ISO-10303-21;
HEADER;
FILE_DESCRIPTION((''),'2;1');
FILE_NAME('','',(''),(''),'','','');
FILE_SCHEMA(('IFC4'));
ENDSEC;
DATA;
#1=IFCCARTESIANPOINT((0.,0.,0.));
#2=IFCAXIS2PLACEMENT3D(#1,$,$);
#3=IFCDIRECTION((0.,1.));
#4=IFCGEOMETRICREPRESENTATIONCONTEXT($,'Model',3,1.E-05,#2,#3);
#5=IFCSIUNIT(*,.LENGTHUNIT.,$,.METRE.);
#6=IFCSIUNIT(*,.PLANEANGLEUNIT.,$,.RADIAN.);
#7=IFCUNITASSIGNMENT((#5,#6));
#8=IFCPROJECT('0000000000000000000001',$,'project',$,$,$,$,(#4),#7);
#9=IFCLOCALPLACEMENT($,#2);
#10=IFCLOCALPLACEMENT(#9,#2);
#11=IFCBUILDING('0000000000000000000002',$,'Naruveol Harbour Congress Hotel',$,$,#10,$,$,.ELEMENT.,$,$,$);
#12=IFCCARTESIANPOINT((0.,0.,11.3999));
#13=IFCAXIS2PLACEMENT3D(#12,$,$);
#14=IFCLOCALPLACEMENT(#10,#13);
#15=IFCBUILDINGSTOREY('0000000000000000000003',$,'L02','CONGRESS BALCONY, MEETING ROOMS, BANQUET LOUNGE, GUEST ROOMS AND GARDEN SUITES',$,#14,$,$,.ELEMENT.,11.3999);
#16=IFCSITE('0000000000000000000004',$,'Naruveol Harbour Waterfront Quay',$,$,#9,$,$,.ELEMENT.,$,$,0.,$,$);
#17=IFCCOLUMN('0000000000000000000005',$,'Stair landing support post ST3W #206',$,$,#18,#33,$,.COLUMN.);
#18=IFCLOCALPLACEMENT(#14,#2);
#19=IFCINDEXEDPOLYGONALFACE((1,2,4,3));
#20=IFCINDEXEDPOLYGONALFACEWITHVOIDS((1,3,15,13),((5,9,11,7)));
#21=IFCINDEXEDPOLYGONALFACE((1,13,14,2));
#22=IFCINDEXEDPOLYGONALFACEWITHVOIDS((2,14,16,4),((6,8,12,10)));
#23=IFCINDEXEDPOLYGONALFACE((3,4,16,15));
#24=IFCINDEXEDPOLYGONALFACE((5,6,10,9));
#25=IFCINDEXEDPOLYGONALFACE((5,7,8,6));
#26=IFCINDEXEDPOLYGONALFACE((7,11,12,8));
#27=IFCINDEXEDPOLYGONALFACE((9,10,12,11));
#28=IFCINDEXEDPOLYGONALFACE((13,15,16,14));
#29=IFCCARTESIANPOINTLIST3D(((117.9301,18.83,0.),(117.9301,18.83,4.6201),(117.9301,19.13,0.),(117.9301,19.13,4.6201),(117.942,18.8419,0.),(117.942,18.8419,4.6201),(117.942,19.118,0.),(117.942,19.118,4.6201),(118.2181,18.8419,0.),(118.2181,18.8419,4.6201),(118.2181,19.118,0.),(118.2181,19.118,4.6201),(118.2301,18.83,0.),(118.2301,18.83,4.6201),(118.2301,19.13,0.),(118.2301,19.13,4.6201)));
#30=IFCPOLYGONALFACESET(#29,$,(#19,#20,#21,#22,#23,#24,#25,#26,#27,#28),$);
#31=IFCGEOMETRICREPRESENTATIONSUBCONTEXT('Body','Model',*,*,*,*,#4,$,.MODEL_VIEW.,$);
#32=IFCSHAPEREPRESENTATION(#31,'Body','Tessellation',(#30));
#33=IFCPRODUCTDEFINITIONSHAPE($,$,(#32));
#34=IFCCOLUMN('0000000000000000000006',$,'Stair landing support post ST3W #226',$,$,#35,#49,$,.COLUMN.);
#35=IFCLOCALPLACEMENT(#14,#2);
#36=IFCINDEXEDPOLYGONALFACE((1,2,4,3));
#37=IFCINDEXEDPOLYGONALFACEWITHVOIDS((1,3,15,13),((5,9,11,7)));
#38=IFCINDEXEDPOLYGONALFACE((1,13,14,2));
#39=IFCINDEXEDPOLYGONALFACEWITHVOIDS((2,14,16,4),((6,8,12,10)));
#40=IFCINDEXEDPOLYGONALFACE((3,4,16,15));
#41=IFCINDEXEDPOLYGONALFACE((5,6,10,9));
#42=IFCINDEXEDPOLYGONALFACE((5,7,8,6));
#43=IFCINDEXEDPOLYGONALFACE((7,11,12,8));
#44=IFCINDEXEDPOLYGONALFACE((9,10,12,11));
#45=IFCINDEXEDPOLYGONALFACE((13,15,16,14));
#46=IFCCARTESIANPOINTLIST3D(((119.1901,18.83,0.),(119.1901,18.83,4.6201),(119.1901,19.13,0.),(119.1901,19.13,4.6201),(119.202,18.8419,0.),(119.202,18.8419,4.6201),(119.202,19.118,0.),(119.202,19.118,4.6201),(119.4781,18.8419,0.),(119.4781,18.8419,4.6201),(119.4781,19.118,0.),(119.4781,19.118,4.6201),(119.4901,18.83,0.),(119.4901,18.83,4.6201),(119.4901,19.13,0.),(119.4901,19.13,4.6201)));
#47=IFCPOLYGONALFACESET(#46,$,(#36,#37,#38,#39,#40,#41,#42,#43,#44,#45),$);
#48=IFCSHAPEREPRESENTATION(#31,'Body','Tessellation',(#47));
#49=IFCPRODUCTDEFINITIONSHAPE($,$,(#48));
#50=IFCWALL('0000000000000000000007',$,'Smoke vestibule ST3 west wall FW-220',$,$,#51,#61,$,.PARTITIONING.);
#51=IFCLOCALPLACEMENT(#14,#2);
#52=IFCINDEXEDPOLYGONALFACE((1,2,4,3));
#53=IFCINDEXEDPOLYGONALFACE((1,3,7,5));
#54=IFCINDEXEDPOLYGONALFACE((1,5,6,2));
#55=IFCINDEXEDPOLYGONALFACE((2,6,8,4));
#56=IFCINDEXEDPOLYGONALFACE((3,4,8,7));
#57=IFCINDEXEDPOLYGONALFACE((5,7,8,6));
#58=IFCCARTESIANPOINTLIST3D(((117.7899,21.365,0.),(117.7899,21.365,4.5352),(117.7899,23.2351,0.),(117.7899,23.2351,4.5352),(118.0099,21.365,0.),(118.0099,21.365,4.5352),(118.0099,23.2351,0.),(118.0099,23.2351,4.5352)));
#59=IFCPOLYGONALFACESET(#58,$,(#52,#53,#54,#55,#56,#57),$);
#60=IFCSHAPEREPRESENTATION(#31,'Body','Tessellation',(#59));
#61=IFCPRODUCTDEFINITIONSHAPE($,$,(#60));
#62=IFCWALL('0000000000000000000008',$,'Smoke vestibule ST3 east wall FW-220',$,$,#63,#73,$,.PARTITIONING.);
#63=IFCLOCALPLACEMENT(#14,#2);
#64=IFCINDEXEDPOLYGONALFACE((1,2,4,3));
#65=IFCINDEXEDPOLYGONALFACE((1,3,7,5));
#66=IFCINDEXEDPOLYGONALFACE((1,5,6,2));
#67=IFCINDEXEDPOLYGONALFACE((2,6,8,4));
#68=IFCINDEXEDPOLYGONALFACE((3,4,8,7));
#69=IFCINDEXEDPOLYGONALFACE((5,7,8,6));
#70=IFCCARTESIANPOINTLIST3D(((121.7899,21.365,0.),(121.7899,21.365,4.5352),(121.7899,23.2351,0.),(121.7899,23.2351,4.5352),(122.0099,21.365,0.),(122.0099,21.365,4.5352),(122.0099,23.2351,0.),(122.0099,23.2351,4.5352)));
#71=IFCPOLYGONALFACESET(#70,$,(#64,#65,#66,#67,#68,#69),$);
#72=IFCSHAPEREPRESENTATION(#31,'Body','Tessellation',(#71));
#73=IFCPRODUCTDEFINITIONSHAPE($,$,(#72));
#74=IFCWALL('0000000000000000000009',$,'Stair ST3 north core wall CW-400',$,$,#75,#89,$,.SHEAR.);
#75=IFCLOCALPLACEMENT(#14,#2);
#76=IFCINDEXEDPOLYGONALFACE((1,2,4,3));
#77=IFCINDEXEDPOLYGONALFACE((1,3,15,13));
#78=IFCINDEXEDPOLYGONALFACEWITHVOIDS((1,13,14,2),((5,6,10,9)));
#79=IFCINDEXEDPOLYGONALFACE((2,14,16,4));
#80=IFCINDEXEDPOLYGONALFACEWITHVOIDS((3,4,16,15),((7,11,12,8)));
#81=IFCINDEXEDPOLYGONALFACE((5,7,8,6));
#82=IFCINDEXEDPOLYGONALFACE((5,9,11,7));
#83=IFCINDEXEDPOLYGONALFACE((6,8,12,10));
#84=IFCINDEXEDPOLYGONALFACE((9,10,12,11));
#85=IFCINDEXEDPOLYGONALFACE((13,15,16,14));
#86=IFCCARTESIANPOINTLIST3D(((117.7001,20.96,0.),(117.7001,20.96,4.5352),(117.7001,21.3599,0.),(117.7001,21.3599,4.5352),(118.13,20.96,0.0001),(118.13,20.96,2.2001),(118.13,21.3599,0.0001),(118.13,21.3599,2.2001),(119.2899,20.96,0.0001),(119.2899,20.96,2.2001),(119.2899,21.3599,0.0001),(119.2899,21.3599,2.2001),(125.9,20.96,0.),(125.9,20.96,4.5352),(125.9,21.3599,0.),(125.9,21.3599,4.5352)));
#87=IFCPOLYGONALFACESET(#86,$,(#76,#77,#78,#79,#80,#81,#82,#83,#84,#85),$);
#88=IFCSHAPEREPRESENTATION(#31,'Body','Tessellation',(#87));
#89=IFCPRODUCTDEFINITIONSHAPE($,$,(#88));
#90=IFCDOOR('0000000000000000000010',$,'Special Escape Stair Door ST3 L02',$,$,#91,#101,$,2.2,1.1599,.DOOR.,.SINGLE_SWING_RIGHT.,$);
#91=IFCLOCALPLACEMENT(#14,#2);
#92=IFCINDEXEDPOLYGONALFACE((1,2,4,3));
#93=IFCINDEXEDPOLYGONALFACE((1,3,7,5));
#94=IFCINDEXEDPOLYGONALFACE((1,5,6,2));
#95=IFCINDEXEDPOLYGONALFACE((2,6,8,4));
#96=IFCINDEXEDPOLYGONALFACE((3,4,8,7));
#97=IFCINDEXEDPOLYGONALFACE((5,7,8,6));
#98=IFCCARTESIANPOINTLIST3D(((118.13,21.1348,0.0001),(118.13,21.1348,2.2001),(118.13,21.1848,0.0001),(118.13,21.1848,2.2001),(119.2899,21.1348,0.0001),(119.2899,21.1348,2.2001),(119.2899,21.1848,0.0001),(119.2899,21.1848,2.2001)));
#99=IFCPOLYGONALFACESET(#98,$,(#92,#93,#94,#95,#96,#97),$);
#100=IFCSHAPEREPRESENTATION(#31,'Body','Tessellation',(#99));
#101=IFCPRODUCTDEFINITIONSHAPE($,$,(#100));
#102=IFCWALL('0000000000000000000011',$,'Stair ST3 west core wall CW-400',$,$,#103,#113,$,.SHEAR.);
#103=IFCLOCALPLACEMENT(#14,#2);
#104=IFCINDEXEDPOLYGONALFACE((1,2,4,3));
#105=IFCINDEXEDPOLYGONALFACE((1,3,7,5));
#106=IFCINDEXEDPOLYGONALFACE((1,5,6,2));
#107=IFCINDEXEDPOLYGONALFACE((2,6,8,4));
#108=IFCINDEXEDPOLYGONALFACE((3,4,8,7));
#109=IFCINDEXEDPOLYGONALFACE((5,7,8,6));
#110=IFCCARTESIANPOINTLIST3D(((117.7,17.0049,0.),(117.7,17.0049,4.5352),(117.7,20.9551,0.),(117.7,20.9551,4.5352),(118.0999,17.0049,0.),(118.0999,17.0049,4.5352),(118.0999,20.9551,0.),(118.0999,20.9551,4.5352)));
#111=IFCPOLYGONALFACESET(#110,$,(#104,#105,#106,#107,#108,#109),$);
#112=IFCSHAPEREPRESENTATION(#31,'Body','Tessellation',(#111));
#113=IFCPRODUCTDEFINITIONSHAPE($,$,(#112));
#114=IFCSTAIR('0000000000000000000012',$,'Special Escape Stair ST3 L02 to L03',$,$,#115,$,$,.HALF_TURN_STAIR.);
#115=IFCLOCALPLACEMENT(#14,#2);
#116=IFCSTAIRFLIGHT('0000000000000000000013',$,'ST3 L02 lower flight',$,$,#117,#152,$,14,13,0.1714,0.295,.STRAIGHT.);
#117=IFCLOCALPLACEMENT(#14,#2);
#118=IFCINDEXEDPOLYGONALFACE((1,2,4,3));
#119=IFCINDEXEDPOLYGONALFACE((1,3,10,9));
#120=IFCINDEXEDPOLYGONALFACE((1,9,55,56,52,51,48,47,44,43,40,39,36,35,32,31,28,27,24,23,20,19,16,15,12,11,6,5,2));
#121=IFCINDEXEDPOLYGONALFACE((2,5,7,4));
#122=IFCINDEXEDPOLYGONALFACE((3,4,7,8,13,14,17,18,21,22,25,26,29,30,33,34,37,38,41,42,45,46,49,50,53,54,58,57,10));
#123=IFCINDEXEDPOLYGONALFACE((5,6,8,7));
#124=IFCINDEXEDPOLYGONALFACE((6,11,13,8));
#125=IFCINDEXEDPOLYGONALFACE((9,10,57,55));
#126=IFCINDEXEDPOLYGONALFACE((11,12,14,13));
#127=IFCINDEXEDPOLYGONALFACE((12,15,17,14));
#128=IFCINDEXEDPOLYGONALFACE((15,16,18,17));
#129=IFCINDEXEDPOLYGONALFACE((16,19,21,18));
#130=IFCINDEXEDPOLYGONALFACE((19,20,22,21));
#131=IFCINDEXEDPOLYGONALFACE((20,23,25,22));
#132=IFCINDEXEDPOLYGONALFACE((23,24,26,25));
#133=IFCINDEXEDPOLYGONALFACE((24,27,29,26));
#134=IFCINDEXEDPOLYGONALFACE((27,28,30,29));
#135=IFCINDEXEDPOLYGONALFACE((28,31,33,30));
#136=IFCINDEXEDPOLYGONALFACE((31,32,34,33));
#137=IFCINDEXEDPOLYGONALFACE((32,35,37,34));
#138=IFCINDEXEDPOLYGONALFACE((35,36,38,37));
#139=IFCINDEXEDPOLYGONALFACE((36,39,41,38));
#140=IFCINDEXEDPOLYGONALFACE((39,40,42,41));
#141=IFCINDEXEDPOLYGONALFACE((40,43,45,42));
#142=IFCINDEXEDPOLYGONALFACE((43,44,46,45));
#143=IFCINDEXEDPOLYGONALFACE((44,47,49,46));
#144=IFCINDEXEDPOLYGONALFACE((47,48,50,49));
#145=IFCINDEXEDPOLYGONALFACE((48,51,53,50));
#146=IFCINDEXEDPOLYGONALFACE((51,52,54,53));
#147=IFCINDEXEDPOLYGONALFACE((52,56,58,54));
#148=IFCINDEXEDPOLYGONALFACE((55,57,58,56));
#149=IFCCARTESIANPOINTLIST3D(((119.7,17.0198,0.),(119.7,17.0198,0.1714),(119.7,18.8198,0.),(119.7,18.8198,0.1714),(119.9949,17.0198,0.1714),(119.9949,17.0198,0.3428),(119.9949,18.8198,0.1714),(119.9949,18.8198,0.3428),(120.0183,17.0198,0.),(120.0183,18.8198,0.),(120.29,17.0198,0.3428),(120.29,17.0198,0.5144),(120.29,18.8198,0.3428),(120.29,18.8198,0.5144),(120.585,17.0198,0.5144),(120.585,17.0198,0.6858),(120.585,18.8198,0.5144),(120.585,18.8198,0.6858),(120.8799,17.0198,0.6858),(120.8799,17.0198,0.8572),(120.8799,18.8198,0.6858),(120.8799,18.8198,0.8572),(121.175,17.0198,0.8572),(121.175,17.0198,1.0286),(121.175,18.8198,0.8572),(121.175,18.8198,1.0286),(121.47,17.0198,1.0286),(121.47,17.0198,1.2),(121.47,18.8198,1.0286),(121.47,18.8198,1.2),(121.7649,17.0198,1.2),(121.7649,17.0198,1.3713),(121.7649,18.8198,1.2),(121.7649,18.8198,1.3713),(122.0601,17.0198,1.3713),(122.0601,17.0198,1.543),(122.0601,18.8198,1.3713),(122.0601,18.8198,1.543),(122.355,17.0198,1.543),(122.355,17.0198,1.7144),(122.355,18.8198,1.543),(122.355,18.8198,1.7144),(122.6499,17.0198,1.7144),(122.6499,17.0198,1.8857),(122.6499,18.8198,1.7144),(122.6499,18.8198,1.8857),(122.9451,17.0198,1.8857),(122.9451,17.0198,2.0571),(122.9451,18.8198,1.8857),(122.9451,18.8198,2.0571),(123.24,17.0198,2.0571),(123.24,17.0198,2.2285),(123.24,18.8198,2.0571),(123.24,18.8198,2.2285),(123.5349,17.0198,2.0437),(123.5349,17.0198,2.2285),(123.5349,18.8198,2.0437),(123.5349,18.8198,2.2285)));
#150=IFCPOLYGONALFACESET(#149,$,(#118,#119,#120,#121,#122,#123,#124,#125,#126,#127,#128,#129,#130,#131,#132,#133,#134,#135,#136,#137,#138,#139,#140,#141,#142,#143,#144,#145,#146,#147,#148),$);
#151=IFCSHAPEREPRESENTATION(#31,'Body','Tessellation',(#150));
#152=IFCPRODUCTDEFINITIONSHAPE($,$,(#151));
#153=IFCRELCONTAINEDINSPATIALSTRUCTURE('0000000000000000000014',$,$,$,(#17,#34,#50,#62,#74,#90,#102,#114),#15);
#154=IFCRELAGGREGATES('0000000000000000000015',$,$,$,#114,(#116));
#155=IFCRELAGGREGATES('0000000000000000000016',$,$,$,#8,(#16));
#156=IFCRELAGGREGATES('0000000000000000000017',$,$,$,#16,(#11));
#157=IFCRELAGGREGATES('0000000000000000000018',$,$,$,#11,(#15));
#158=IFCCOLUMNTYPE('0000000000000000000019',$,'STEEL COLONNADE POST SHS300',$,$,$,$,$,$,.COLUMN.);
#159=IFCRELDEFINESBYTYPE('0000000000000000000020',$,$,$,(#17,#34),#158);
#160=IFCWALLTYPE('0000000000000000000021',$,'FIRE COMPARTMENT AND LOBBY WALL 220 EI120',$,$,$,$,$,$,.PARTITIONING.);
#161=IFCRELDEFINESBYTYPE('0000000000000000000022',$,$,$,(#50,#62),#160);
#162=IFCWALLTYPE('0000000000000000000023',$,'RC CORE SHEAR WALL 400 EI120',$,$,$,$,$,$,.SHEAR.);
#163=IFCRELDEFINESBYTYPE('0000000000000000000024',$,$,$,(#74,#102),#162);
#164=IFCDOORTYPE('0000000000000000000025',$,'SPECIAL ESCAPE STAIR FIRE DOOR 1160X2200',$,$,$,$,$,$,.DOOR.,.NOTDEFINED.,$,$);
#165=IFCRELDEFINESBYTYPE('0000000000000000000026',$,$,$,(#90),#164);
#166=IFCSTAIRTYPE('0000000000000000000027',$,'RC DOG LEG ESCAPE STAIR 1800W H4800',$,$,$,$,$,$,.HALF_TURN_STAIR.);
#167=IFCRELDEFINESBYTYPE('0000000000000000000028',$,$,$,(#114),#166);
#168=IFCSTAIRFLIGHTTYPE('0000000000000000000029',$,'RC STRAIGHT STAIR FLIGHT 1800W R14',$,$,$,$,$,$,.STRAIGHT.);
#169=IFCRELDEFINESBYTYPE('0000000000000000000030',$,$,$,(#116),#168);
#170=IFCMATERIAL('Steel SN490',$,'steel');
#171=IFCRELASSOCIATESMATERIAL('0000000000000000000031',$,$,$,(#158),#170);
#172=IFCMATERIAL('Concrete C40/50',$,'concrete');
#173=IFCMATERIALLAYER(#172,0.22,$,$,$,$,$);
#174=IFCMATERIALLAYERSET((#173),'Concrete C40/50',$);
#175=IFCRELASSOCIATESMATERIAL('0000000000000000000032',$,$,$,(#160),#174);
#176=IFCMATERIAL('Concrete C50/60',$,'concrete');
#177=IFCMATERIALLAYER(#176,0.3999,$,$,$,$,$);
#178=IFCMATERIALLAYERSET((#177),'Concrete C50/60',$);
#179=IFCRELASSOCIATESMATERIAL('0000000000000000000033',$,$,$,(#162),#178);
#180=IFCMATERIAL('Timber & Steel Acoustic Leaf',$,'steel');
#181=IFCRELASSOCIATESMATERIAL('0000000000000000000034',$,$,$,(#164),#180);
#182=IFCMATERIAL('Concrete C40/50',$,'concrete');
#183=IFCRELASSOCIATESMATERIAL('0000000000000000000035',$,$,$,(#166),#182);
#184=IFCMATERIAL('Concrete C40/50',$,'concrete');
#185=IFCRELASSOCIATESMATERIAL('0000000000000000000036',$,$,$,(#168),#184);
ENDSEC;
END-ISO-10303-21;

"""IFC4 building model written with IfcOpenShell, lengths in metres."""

from ifc_helpers import new_model, si_unit, direction, frame, frame_2d, origin, origin_2d, place, context, subcontext, project, spatial, polyline, rectangle, hollow_rectangle, outline, extrude, material, layer, layer_set, material_profile, profile_set, type_object, element, fill, aggregate, save


model = new_model("IFC4")

# Units and contexts
model_context = context("Model", 3, precision=1e-05, world=origin(), true_north=direction((0.0, 1.0)))
body_context = subcontext(model_context, "Body", "Model", "MODEL_VIEW")
ifc_project = project(units=[si_unit("LENGTHUNIT", "METRE"), si_unit("PLANEANGLEUNIT", "RADIAN")], contexts=[model_context])

# Site, building, storey
site_placement = place(None, origin())
site = spatial("IfcSite", under=ifc_project, at=site_placement, Name="Naruveol Harbour Waterfront Quay", CompositionType="ELEMENT", RefElevation=0.0)
building_placement = place(site_placement, origin())
building = spatial("IfcBuilding", under=site, at=building_placement, Name="Naruveol Harbour Congress Hotel", CompositionType="ELEMENT")
storey_placement = place(building_placement, frame((0.0, 0.0, 11.3999)))
storey = spatial("IfcBuildingStorey", under=building, at=storey_placement, Name="L02", Description="CONGRESS BALCONY, MEETING ROOMS, BANQUET LOUNGE, GUEST ROOMS AND GARDEN SUITES", CompositionType="ELEMENT", Elevation=11.3999)

# Columns
ifc_material_1 = material(Name="Steel SN490", Category="steel")
ifc_material_profile = material_profile(ifc_material_1, hollow_rectangle(XDim=0.3, YDim=0.3, WallThickness=0.012, at=origin_2d()), Name="SHS-300x300x12")
ifc_profile_set = profile_set([ifc_material_profile], Name="Steel SN490")
column_type = type_object("IfcColumnType", Name="STEEL COLONNADE POST SHS300", PredefinedType="COLUMN", material=ifc_profile_set)
for number, where, z_axis, x_axis, name in (
    (1, (118.0801, 18.98, 0.0), (0.0, 0.0, 1.0), (1.0, 0.0, 0.0), "Stair landing support post ST3W #206"),
    (2, (119.3401, 18.98, 0.0), (0.0, 0.0, 1.0), (1.0, 0.0, 0.0), "Stair landing support post ST3W #226"),
):
    element("IfcColumn", number, at=place(storey_placement, frame(where, z_axis=z_axis, x_axis=x_axis)), inside=storey, type_object=column_type, Name=name, PredefinedType="COLUMN", context=body_context, shape_type="SweptSolid", body=[
        extrude(hollow_rectangle(XDim=0.3, YDim=0.3, WallThickness=0.012, at=origin_2d()), origin(), (0.0, 0.0, 1.0), 4.6201),
    ])

# Walls
ifc_material_2 = material(Name="Concrete C40/50", Category="concrete")
ifc_layer_1 = layer(ifc_material_2, 0.22)
ifc_layer_set_1 = layer_set([ifc_layer_1], Name="Concrete C40/50")
wall_type_1 = type_object("IfcWallType", Name="FIRE COMPARTMENT AND LOBBY WALL 220 EI120", PredefinedType="PARTITIONING", material=ifc_layer_set_1)
for number, where, z_axis, x_axis, name in (
    (3, (117.8999, 21.365, 0.0), (0.0, 0.0, 1.0), (0.0, 1.0, 0.0), "Smoke vestibule ST3 west wall FW-220"),
    (4, (121.8999, 21.365, 0.0), (0.0, 0.0, 1.0), (0.0, 1.0, 0.0), "Smoke vestibule ST3 east wall FW-220"),
):
    element("IfcWall", number, at=place(storey_placement, frame(where, z_axis=z_axis, x_axis=x_axis)), inside=storey, type_object=wall_type_1, Name=name, PredefinedType="PARTITIONING", context=body_context, shape_type="SweptSolid", body=[
        extrude(rectangle(XDim=1.8701, YDim=0.22, at=frame_2d((0.9351, 0.0))), origin(), (0.0, 0.0, 1.0), 4.5352),
    ])

# Wall, opening, door
ifc_material_3 = material(Name="Concrete C50/60", Category="concrete")
ifc_layer_2 = layer(ifc_material_3, 0.3999)
ifc_layer_set_2 = layer_set([ifc_layer_2], Name="Concrete C50/60")
wall_type_2 = type_object("IfcWallType", Name="RC CORE SHEAR WALL 400 EI120", PredefinedType="SHEAR", material=ifc_layer_set_2)
wall_1_placement = place(storey_placement, frame((117.7, 21.1599, 0.0), z_axis=(0.0, 0.0, 1.0), x_axis=(1.0, 0.0, 0.0)))
wall_1 = element("IfcWall", 5, at=wall_1_placement, inside=storey, type_object=wall_type_2, Name="Stair ST3 north core wall CW-400", PredefinedType="SHEAR", context=body_context, shape_type="SweptSolid", body=[
    extrude(rectangle(XDim=8.2, YDim=0.3999, at=frame_2d((4.1001, 0.0))), origin(), (0.0, 0.0, 1.0), 4.5352),
])
opening_placement = place(wall_1_placement, frame((0.4299, 0.0, 0.0)))
opening = element("IfcOpeningElement", 6, at=opening_placement, cuts=wall_1, PredefinedType="OPENING", context=body_context, shape_type="SweptSolid", body=[
    extrude(rectangle(XDim=1.1599, YDim=2.2, at=frame_2d((0.5801, 1.1001))), frame((0.0, 0.21, 0.0), z_axis=(0.0, -1.0, 0.0), x_axis=(1.0, 0.0, 0.0)), (0.0, 0.0, 1.0), 0.4199),
])
ifc_material_4 = material(Name="Timber & Steel Acoustic Leaf", Category="steel")
door_type = type_object("IfcDoorType", Name="SPECIAL ESCAPE STAIR FIRE DOOR 1160X2200", OperationType="NOTDEFINED", PredefinedType="DOOR", material=ifc_material_4)
door_placement = place(opening_placement, origin())
door = element("IfcDoor", 7, at=door_placement, inside=storey, type_object=door_type, Name="Special Escape Stair Door ST3 L02", OperationType="SINGLE_SWING_RIGHT", OverallHeight=2.2, OverallWidth=1.1599, PredefinedType="DOOR", context=body_context, shape_type="SweptSolid", body=[
    extrude(rectangle(XDim=1.1599, YDim=2.2, at=frame_2d((0.5801, 1.1001))), frame((0.0, 0.0249, 0.0), z_axis=(0.0, -1.0, 0.0), x_axis=(1.0, 0.0, 0.0)), (0.0, 0.0, 1.0), 0.05),
])
fill(opening, door)

# Wall
wall_2_placement = place(storey_placement, frame((117.8999, 17.0049, 0.0), z_axis=(0.0, 0.0, 1.0), x_axis=(0.0, 1.0, 0.0)))
element("IfcWall", 8, at=wall_2_placement, inside=storey, type_object=wall_type_2, Name="Stair ST3 west core wall CW-400", PredefinedType="SHEAR", context=body_context, shape_type="SweptSolid", body=[
    extrude(rectangle(XDim=3.9502, YDim=0.3999, at=frame_2d((1.9751, 0.0))), origin(), (0.0, 0.0, 1.0), 4.5352),
])

# Stair, stair flight
ifc_material_5 = material(Name="Concrete C40/50", Category="concrete")
stair_type = type_object("IfcStairType", Name="RC DOG LEG ESCAPE STAIR 1800W H4800", PredefinedType="HALF_TURN_STAIR", material=ifc_material_5)
stair_placement = place(storey_placement, origin())
stair = element("IfcStair", 9, at=stair_placement, inside=storey, type_object=stair_type, Name="Special Escape Stair ST3 L02 to L03", PredefinedType="HALF_TURN_STAIR")
ifc_material_6 = material(Name="Concrete C40/50", Category="concrete")
stair_flight_type = type_object("IfcStairFlightType", Name="RC STRAIGHT STAIR FLIGHT 1800W R14", PredefinedType="STRAIGHT", material=ifc_material_6)
stair_flight_1_placement = place(storey_placement, frame((119.7, 17.9199, 0.0), z_axis=(0.0, 0.0, 1.0), x_axis=(1.0, 0.0, 0.0)))
stair_flight_1 = element("IfcStairFlight", 10, at=stair_flight_1_placement, type_object=stair_flight_type, Name="ST3 L02 lower flight", NumberOfRisers=14, NumberOfTreads=13, PredefinedType="STRAIGHT", RiserHeight=0.1714, TreadLength=0.295, context=body_context, shape_type="SweptSolid", body=[
    extrude(outline(polyline([(0.0, 0.0), (0.0, 0.1714), (0.2949, 0.1714), (0.2949, 0.3428), (0.5901, 0.3428), (0.5901, 0.5144), (0.885, 0.5144), (0.885, 0.6858), (1.1799, 0.6858), (1.1799, 0.8572), (1.4751, 0.8572), (1.4751, 1.0286), (1.77, 1.0286), (1.77, 1.2), (2.0649, 1.2), (2.0649, 1.3713), (2.3601, 1.3713), (2.3601, 1.543), (2.655, 1.543), (2.655, 1.7144), (2.95, 1.7144), (2.95, 1.8857), (3.2451, 1.8857), (3.2451, 2.0571), (3.54, 2.0571), (3.54, 2.2285), (3.835, 2.2285), (3.835, 2.3999), (3.835, 2.0437), (0.3184, 0.0), (0.0, 0.0)])), frame((0.0, 0.8999, 0.0), z_axis=(0.0, -1.0, 0.0), x_axis=(1.0, 0.0, 0.0)), (0.0, 0.0, 1.0), 1.8),
])
aggregate(stair, [stair_flight_1])

save(model, "model.ifc")
